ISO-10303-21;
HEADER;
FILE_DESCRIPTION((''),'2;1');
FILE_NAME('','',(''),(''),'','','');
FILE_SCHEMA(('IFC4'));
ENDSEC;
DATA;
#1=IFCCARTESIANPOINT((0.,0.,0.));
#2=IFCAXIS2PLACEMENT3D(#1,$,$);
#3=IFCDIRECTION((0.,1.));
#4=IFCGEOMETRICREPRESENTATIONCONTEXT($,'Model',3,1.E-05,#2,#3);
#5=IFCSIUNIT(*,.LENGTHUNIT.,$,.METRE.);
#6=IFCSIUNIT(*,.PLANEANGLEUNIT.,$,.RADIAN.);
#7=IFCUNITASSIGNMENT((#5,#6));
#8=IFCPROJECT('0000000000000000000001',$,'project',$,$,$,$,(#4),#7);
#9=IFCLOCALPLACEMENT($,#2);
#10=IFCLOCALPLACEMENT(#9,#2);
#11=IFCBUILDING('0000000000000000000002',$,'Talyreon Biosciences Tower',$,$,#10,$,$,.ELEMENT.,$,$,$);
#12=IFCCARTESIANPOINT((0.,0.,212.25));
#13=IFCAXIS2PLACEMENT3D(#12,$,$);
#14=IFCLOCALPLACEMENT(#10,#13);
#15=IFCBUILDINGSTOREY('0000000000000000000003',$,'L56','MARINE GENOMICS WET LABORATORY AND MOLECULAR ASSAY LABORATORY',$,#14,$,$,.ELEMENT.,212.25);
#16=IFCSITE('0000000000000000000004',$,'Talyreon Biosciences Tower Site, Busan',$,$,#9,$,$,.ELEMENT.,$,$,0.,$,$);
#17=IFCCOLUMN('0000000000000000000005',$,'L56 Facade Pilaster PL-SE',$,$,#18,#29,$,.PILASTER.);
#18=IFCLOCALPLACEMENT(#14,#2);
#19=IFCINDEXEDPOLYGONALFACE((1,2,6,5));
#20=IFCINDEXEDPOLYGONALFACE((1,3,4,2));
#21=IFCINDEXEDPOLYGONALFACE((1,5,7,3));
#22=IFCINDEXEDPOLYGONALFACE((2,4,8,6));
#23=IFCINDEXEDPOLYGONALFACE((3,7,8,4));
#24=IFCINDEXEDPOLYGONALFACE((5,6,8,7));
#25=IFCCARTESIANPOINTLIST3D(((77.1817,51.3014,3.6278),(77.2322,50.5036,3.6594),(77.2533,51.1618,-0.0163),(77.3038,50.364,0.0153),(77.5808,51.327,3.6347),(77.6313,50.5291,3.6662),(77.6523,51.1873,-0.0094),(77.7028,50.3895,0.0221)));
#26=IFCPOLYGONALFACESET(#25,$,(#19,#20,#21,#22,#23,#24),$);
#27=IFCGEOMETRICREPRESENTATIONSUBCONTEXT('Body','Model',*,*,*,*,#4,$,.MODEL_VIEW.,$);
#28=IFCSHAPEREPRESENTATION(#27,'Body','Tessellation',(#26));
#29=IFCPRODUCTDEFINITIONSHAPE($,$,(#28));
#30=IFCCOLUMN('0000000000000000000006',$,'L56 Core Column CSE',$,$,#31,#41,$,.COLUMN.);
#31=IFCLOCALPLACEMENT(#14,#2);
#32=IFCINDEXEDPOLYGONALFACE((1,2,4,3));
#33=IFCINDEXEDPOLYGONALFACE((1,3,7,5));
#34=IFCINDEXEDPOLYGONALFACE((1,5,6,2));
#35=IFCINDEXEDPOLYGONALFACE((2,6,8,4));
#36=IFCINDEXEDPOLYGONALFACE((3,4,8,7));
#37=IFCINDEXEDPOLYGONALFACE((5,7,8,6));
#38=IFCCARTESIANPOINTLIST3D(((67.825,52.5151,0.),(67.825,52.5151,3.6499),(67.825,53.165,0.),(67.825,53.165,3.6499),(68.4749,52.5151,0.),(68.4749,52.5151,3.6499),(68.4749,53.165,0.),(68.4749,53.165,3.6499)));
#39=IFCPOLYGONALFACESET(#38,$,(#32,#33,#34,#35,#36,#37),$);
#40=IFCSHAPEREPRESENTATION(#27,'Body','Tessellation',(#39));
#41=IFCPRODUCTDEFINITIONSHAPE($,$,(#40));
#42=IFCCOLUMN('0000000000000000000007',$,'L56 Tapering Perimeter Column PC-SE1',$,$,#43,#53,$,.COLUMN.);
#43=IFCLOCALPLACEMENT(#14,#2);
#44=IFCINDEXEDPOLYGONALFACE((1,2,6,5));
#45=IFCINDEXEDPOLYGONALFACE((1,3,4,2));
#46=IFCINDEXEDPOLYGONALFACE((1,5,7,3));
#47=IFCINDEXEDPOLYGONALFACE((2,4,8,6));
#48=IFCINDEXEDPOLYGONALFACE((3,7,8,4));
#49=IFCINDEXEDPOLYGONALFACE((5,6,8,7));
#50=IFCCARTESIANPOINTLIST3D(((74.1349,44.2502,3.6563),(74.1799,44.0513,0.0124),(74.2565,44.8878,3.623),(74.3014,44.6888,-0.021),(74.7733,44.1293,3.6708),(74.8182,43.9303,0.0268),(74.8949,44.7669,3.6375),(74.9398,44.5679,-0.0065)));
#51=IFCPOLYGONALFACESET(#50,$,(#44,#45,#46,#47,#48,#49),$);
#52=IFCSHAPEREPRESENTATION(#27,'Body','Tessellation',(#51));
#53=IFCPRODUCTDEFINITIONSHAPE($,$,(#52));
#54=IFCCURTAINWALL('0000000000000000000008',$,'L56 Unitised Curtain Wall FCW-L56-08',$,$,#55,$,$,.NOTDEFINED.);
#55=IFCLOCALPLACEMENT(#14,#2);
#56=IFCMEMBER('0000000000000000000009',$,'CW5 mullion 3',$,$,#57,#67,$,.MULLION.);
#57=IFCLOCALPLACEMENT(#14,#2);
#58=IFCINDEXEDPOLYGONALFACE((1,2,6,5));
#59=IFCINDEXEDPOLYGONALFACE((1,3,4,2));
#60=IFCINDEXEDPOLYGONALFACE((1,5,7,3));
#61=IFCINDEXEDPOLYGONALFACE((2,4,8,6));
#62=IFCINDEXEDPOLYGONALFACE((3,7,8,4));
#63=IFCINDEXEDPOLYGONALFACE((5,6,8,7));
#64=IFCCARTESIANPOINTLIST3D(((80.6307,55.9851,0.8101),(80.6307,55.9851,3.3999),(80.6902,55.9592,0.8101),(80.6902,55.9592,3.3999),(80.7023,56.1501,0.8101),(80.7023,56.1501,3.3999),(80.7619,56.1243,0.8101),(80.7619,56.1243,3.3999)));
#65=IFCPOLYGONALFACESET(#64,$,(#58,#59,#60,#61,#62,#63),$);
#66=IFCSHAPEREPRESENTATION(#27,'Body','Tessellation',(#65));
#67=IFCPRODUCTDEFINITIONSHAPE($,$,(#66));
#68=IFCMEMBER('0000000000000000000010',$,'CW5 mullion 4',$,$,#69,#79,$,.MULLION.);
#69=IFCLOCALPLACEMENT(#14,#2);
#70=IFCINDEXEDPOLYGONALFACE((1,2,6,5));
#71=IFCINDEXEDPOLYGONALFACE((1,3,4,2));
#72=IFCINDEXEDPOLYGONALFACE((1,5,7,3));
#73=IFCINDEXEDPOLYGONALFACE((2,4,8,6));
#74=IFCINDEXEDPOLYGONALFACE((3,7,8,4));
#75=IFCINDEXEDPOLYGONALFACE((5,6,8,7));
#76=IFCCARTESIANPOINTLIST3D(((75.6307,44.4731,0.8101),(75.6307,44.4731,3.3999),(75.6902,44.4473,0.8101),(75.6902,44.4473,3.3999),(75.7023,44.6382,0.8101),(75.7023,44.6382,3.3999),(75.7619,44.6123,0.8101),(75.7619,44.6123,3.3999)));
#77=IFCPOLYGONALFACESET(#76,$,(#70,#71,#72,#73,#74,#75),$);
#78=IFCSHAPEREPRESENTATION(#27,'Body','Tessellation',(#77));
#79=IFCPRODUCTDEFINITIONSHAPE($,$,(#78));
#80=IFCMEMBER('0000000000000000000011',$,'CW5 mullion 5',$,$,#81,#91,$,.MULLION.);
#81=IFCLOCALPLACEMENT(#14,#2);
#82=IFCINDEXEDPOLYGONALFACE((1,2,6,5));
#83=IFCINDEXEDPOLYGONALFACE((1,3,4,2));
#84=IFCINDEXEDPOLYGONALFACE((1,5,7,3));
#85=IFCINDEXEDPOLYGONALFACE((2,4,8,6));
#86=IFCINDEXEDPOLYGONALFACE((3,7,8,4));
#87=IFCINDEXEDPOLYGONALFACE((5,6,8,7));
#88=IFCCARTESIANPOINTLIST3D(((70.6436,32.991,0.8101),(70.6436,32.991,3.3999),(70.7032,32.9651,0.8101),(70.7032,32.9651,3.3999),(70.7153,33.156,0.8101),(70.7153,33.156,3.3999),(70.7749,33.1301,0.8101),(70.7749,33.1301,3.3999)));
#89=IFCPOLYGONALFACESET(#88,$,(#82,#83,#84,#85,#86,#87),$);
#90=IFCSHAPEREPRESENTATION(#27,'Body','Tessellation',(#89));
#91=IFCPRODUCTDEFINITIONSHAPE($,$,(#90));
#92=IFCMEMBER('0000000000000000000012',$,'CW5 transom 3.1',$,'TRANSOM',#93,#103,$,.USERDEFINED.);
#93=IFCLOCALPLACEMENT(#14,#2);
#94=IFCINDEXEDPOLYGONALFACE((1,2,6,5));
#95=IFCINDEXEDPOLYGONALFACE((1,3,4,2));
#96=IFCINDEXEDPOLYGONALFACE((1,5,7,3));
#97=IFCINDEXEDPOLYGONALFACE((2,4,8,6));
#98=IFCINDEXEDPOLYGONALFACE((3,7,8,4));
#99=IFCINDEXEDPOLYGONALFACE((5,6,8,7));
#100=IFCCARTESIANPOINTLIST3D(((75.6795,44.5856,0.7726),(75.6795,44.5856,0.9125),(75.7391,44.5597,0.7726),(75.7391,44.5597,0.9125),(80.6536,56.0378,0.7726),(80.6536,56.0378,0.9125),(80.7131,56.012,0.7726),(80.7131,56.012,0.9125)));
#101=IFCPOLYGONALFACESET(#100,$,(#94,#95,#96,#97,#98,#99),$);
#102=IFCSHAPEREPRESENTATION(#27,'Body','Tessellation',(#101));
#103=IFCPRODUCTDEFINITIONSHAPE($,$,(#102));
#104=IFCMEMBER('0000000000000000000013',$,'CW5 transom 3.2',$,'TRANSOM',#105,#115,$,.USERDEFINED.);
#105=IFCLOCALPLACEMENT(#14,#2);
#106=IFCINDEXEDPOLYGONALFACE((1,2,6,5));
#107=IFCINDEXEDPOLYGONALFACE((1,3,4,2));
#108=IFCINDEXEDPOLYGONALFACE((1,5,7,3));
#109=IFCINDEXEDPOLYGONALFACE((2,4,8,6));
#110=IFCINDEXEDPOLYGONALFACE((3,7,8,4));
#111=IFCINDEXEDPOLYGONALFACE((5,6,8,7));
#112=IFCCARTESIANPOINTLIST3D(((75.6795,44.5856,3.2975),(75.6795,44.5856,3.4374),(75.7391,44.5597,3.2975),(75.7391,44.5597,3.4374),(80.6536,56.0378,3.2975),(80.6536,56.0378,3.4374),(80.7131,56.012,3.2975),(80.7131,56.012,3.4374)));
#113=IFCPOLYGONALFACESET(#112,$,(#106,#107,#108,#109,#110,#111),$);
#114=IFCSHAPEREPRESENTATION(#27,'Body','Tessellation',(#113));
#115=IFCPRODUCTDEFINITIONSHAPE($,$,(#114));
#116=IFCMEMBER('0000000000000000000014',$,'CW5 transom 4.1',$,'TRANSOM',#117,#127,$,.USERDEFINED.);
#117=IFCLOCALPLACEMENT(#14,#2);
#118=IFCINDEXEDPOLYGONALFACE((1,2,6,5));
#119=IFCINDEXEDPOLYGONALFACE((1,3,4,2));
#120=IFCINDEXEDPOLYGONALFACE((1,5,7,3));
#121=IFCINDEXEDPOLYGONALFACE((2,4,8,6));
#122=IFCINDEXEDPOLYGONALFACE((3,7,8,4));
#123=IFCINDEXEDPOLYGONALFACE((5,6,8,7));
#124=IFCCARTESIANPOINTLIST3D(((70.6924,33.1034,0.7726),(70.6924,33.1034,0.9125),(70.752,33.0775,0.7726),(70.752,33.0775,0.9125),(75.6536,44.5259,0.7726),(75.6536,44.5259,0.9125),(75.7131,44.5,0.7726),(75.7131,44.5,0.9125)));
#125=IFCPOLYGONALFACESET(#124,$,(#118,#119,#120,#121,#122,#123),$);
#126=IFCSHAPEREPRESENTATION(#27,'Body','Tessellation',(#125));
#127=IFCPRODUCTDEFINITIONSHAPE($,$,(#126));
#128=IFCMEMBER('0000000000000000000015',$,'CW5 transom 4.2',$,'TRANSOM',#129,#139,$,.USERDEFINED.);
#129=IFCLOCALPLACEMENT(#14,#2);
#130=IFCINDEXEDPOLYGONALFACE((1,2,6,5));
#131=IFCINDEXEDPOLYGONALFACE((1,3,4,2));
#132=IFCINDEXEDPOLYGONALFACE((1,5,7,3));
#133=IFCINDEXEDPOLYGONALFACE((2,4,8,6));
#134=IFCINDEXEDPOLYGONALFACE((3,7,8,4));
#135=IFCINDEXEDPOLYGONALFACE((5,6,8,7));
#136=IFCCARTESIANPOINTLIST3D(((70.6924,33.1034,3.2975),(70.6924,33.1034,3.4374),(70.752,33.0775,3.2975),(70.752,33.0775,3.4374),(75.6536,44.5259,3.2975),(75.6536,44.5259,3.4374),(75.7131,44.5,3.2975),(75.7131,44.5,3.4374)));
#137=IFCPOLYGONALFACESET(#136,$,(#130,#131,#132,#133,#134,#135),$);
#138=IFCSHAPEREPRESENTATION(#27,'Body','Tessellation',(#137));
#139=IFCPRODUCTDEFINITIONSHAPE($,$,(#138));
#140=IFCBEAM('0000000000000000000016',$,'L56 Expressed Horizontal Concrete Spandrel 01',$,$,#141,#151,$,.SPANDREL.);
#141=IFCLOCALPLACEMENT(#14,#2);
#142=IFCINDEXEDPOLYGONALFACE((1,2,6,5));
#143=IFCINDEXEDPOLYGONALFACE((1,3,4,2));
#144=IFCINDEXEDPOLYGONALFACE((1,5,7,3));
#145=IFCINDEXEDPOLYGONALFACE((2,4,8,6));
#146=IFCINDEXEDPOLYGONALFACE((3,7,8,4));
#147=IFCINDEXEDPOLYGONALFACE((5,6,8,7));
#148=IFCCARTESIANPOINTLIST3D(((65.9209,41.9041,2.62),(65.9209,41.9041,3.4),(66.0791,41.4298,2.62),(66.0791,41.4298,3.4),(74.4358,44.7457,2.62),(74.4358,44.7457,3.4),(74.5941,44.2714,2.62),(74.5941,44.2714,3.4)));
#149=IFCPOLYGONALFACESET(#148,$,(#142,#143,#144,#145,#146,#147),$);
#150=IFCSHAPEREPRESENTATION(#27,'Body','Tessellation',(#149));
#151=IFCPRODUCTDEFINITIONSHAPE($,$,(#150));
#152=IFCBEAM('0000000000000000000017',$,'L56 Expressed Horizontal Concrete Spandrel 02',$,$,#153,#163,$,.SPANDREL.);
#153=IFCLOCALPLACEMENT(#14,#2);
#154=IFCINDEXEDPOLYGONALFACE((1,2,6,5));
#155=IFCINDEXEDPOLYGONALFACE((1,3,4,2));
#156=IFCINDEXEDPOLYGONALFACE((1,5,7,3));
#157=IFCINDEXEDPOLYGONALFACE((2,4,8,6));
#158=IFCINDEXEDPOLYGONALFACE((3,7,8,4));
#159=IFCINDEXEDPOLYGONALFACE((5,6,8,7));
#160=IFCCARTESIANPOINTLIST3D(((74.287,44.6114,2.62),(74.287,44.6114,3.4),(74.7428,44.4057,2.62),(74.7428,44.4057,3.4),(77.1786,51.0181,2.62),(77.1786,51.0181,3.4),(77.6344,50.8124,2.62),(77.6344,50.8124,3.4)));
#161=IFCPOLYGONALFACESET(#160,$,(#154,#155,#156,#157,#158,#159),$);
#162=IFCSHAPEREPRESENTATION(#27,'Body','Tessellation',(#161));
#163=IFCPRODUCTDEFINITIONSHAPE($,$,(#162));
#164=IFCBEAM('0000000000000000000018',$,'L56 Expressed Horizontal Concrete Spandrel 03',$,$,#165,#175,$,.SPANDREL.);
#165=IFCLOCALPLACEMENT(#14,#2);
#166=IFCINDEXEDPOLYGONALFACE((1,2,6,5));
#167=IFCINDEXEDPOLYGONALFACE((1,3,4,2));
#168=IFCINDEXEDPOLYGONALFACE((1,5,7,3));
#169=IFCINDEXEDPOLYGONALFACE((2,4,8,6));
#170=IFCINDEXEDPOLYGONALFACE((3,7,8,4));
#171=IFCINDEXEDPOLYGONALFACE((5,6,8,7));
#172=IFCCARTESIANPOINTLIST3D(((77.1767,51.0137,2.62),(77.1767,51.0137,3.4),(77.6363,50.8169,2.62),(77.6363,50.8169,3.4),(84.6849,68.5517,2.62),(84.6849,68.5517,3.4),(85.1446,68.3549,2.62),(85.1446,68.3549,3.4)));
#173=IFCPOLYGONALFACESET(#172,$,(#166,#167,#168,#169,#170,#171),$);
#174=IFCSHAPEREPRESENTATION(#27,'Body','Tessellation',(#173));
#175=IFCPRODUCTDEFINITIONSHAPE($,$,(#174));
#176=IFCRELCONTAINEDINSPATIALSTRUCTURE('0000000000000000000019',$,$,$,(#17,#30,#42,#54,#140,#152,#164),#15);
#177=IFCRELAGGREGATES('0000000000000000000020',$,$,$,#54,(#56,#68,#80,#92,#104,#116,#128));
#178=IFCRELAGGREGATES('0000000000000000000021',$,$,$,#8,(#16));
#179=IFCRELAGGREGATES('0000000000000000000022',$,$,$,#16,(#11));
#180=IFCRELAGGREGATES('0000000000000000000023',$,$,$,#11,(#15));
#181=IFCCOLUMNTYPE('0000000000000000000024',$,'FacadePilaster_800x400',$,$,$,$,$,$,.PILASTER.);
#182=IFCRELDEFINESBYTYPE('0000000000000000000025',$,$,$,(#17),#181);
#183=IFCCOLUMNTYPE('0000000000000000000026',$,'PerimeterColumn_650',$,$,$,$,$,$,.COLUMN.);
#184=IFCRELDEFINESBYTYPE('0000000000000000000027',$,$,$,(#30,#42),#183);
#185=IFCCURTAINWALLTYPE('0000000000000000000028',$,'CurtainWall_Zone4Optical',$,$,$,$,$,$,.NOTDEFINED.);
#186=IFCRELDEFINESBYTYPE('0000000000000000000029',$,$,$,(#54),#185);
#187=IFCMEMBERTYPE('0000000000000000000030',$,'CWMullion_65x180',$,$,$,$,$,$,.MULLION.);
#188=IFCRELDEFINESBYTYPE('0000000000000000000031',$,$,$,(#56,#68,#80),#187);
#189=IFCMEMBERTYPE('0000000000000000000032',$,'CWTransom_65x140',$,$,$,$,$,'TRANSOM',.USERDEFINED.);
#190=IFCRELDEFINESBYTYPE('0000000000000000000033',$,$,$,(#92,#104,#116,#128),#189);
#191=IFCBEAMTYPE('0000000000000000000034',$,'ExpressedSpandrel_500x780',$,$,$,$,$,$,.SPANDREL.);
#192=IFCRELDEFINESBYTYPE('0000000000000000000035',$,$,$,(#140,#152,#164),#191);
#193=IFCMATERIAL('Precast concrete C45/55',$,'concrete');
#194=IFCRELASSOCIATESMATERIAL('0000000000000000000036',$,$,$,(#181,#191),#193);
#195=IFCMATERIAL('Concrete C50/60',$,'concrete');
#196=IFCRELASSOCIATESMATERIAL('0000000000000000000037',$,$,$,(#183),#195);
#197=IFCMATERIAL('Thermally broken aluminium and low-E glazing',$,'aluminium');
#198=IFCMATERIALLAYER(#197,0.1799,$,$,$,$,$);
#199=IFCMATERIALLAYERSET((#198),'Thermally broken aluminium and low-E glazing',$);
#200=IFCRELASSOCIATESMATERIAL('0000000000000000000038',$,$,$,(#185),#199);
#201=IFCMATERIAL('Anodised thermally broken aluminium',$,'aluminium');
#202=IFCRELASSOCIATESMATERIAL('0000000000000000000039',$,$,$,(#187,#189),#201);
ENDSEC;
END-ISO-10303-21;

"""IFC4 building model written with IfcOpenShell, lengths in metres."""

from ifc_helpers import new_model, si_unit, direction, frame, origin, origin_2d, place, context, subcontext, project, spatial, rectangle, extrude, material, layer, layer_set, material_profile, profile_set, type_object, element, aggregate, save


model = new_model("IFC4")

# Units and contexts
model_context = context("Model", 3, precision=1e-05, world=origin(), true_north=direction((0.0, 1.0)))
body_context = subcontext(model_context, "Body", "Model", "MODEL_VIEW")
ifc_project = project(units=[si_unit("LENGTHUNIT", "METRE"), si_unit("PLANEANGLEUNIT", "RADIAN")], contexts=[model_context])

# Site, building, storey
site_placement = place(None, origin())
site = spatial("IfcSite", under=ifc_project, at=site_placement, Name="Talyreon Biosciences Tower Site, Busan", CompositionType="ELEMENT", RefElevation=0.0)
building_placement = place(site_placement, origin())
building = spatial("IfcBuilding", under=site, at=building_placement, Name="Talyreon Biosciences Tower", CompositionType="ELEMENT")
storey_placement = place(building_placement, frame((0.0, 0.0, 212.25)))
storey = spatial("IfcBuildingStorey", under=building, at=storey_placement, Name="L56", Description="MARINE GENOMICS WET LABORATORY AND MOLECULAR ASSAY LABORATORY", CompositionType="ELEMENT", Elevation=212.25)

# Columns
ifc_material_1 = material(Name="Precast concrete C45/55", Category="concrete")
ifc_material_profile_1 = material_profile(ifc_material_1, rectangle(XDim=0.8, YDim=0.3999, at=origin_2d()), Name="RC 800x400")
ifc_profile_set_1 = profile_set([ifc_material_profile_1], Name="Precast concrete C45/55")
column_type_1 = type_object("IfcColumnType", Name="FacadePilaster_800x400", PredefinedType="PILASTER", material=ifc_profile_set_1)
column_1_placement = place(storey_placement, frame((77.478, 50.7756, 0.0029), z_axis=(-0.019612, 0.038287, 0.999074), x_axis=(0.063122, -0.997226, 0.039455)))
element("IfcColumn", 1, at=column_1_placement, inside=storey, type_object=column_type_1, Name="L56 Facade Pilaster PL-SE", PredefinedType="PILASTER", context=body_context, shape_type="SweptSolid", body=[
    extrude(rectangle(XDim=0.8, YDim=0.3999, at=origin_2d()), origin(), (0.0, 0.0, 1.0), 3.6475),
])
ifc_material_2 = material(Name="Concrete C50/60", Category="concrete")
ifc_material_profile_2 = material_profile(ifc_material_2, rectangle(XDim=0.6499, YDim=0.6499, at=origin_2d()), Name="RC 650x650")
ifc_profile_set_2 = profile_set([ifc_material_profile_2], Name="Concrete C50/60")
column_type_2 = type_object("IfcColumnType", Name="PerimeterColumn_650", PredefinedType="COLUMN", material=ifc_profile_set_2)
column_2_placement = place(storey_placement, frame((68.1499, 52.8401, 0.0), z_axis=(0.0, 0.0, 1.0), x_axis=(1.0, 0.0, 0.0)))
element("IfcColumn", 2, at=column_2_placement, inside=storey, type_object=column_type_2, Name="L56 Core Column CSE", PredefinedType="COLUMN", context=body_context, shape_type="SweptSolid", body=[
    extrude(rectangle(XDim=0.6499, YDim=0.6499, at=origin_2d()), origin(), (0.0, 0.0, 1.0), 3.6499),
])
column_3_placement = place(storey_placement, frame((74.5598, 44.3096, 0.0029), z_axis=(-0.012308, 0.054517, 0.998437), x_axis=(-0.187008, -0.98102, 0.051261)))
element("IfcColumn", 3, at=column_3_placement, inside=storey, type_object=column_type_2, Name="L56 Tapering Perimeter Column PC-SE1", PredefinedType="COLUMN", context=body_context, shape_type="SweptSolid", body=[
    extrude(rectangle(XDim=0.6499, YDim=0.6499, at=origin_2d()), origin(), (0.0, 0.0, 1.0), 3.6497),
])

# Curtain wall, members
ifc_material_3 = material(Name="Thermally broken aluminium and low-E glazing", Category="aluminium")
ifc_layer_1 = layer(ifc_material_3, 0.1799)
ifc_layer_set_1 = layer_set([ifc_layer_1], Name="Thermally broken aluminium and low-E glazing")
curtain_wall_type = type_object("IfcCurtainWallType", Name="CurtainWall_Zone4Optical", PredefinedType="NOTDEFINED", material=ifc_layer_set_1)
curtain_wall_placement = place(storey_placement, origin())
curtain_wall = element("IfcCurtainWall", 4, at=curtain_wall_placement, inside=storey, type_object=curtain_wall_type, Name="L56 Unitised Curtain Wall FCW-L56-08", PredefinedType="NOTDEFINED")
ifc_material_4 = material(Name="Anodised thermally broken aluminium", Category="aluminium")
ifc_material_profile_3 = material_profile(ifc_material_4, rectangle(XDim=0.0649, YDim=0.1799, at=origin_2d()), Name="ALUM MULLION 65x180")
ifc_profile_set_3 = profile_set([ifc_material_profile_3], Name="Anodised thermally broken aluminium")
member_type_1 = type_object("IfcMemberType", Name="CWMullion_65x180", PredefinedType="MULLION", material=ifc_profile_set_3)
member_1_placement = place(storey_placement, frame((80.6963, 56.0547, 0.8101), z_axis=(0.0, 0.0, 1.0), x_axis=(0.917222, -0.398376, 0.0)))
member_1 = element("IfcMember", 5, at=member_1_placement, type_object=member_type_1, Name="CW5 mullion 3", PredefinedType="MULLION", context=body_context, shape_type="SweptSolid", body=[
    extrude(rectangle(XDim=0.0649, YDim=0.1799, at=origin_2d()), origin(), (0.0, 0.0, 1.0), 2.5898),
])
member_2_placement = place(storey_placement, frame((75.6963, 44.5427, 0.8101), z_axis=(0.0, 0.0, 1.0), x_axis=(0.917222, -0.398376, 0.0)))
member_2 = element("IfcMember", 6, at=member_2_placement, type_object=member_type_1, Name="CW5 mullion 4", PredefinedType="MULLION", context=body_context, shape_type="SweptSolid", body=[
    extrude(rectangle(XDim=0.0649, YDim=0.1799, at=origin_2d()), origin(), (0.0, 0.0, 1.0), 2.5898),
])
member_3_placement = place(storey_placement, frame((70.7092, 33.0605, 0.8101), z_axis=(0.0, 0.0, 1.0), x_axis=(0.917222, -0.398376, 0.0)))
member_3 = element("IfcMember", 7, at=member_3_placement, type_object=member_type_1, Name="CW5 mullion 5", PredefinedType="MULLION", context=body_context, shape_type="SweptSolid", body=[
    extrude(rectangle(XDim=0.0649, YDim=0.1799, at=origin_2d()), origin(), (0.0, 0.0, 1.0), 2.5898),
])
ifc_material_profile_4 = material_profile(ifc_material_4, rectangle(XDim=0.0649, YDim=0.1399, at=origin_2d()), Name="ALUM TRANSOM 65x140")
ifc_profile_set_4 = profile_set([ifc_material_profile_4], Name="Anodised thermally broken aluminium")
member_type_2 = type_object("IfcMemberType", Name="CWTransom_65x140", ElementType="TRANSOM", PredefinedType="USERDEFINED", material=ifc_profile_set_4)
member_4_placement = place(storey_placement, frame((80.6833, 56.0249, 0.8425), z_axis=(-0.398377, -0.917222, 0.0), x_axis=(0.917222, -0.398377, 0.0)))
member_4 = element("IfcMember", 8, at=member_4_placement, type_object=member_type_2, Name="CW5 transom 3.1", ObjectType="TRANSOM", PredefinedType="USERDEFINED", context=body_context, shape_type="SweptSolid", body=[
    extrude(rectangle(XDim=0.0649, YDim=0.1399, at=origin_2d()), origin(), (0.0, 0.0, 1.0), 12.4858),
])
member_5_placement = place(storey_placement, frame((80.6833, 56.0249, 3.3674), z_axis=(-0.398377, -0.917222, 0.0), x_axis=(0.917222, -0.398377, 0.0)))
member_5 = element("IfcMember", 9, at=member_5_placement, type_object=member_type_2, Name="CW5 transom 3.2", ObjectType="TRANSOM", PredefinedType="USERDEFINED", context=body_context, shape_type="SweptSolid", body=[
    extrude(rectangle(XDim=0.0649, YDim=0.1399, at=origin_2d()), origin(), (0.0, 0.0, 1.0), 12.4858),
])
member_6_placement = place(storey_placement, frame((75.6833, 44.5129, 0.8425), z_axis=(-0.398377, -0.917222, 0.0), x_axis=(0.917222, -0.398377, 0.0)))
member_6 = element("IfcMember", 10, at=member_6_placement, type_object=member_type_2, Name="CW5 transom 4.1", ObjectType="TRANSOM", PredefinedType="USERDEFINED", context=body_context, shape_type="SweptSolid", body=[
    extrude(rectangle(XDim=0.0649, YDim=0.1399, at=origin_2d()), origin(), (0.0, 0.0, 1.0), 12.4534),
])
member_7_placement = place(storey_placement, frame((75.6833, 44.5129, 3.3674), z_axis=(-0.398377, -0.917222, 0.0), x_axis=(0.917222, -0.398377, 0.0)))
member_7 = element("IfcMember", 11, at=member_7_placement, type_object=member_type_2, Name="CW5 transom 4.2", ObjectType="TRANSOM", PredefinedType="USERDEFINED", context=body_context, shape_type="SweptSolid", body=[
    extrude(rectangle(XDim=0.0649, YDim=0.1399, at=origin_2d()), origin(), (0.0, 0.0, 1.0), 12.4534),
])

# Beams
ifc_material_profile_5 = material_profile(ifc_material_1, rectangle(XDim=0.5, YDim=0.78, at=origin_2d()), Name="RCB 500x780")
ifc_profile_set_5 = profile_set([ifc_material_profile_5], Name="Precast concrete C45/55")
beam_type_1 = type_object("IfcBeamType", Name="ExpressedSpandrel_500x780", PredefinedType="SPANDREL", material=ifc_profile_set_5)
beam_1_placement = place(storey_placement, frame((66.0, 41.667, 3.01), z_axis=(0.948574, 0.316554, 0.0), x_axis=(-0.316554, 0.948574, 0.0)))
element("IfcBeam", 12, at=beam_1_placement, inside=storey, type_object=beam_type_1, Name="L56 Expressed Horizontal Concrete Spandrel 01", PredefinedType="SPANDREL", context=body_context, shape_type="SweptSolid", body=[
    extrude(rectangle(XDim=0.5, YDim=0.78, at=origin_2d()), origin(), (0.0, 0.0, 1.0), 8.9766),
])
beam_2_placement = place(storey_placement, frame((74.5149, 44.5085, 3.01), z_axis=(0.411378, 0.911465, 0.0), x_axis=(-0.911465, 0.411378, 0.0)))
element("IfcBeam", 13, at=beam_2_placement, inside=storey, type_object=beam_type_1, Name="L56 Expressed Horizontal Concrete Spandrel 02", PredefinedType="SPANDREL", context=body_context, shape_type="SweptSolid", body=[
    extrude(rectangle(XDim=0.5, YDim=0.78, at=origin_2d()), origin(), (0.0, 0.0, 1.0), 7.0291),
])
beam_3_placement = place(storey_placement, frame((77.4065, 50.9153, 3.01), z_axis=(0.393564, 0.919297, 0.0), x_axis=(-0.919297, 0.393564, 0.0)))
element("IfcBeam", 14, at=beam_3_placement, inside=storey, type_object=beam_type_1, Name="L56 Expressed Horizontal Concrete Spandrel 03", PredefinedType="SPANDREL", context=body_context, shape_type="SweptSolid", body=[
    extrude(rectangle(XDim=0.5, YDim=0.78, at=origin_2d()), origin(), (0.0, 0.0, 1.0), 19.0776),
])

aggregate(curtain_wall, [member_1, member_2, member_3, member_4, member_5, member_6, member_7])

save(model, "model.ifc")
